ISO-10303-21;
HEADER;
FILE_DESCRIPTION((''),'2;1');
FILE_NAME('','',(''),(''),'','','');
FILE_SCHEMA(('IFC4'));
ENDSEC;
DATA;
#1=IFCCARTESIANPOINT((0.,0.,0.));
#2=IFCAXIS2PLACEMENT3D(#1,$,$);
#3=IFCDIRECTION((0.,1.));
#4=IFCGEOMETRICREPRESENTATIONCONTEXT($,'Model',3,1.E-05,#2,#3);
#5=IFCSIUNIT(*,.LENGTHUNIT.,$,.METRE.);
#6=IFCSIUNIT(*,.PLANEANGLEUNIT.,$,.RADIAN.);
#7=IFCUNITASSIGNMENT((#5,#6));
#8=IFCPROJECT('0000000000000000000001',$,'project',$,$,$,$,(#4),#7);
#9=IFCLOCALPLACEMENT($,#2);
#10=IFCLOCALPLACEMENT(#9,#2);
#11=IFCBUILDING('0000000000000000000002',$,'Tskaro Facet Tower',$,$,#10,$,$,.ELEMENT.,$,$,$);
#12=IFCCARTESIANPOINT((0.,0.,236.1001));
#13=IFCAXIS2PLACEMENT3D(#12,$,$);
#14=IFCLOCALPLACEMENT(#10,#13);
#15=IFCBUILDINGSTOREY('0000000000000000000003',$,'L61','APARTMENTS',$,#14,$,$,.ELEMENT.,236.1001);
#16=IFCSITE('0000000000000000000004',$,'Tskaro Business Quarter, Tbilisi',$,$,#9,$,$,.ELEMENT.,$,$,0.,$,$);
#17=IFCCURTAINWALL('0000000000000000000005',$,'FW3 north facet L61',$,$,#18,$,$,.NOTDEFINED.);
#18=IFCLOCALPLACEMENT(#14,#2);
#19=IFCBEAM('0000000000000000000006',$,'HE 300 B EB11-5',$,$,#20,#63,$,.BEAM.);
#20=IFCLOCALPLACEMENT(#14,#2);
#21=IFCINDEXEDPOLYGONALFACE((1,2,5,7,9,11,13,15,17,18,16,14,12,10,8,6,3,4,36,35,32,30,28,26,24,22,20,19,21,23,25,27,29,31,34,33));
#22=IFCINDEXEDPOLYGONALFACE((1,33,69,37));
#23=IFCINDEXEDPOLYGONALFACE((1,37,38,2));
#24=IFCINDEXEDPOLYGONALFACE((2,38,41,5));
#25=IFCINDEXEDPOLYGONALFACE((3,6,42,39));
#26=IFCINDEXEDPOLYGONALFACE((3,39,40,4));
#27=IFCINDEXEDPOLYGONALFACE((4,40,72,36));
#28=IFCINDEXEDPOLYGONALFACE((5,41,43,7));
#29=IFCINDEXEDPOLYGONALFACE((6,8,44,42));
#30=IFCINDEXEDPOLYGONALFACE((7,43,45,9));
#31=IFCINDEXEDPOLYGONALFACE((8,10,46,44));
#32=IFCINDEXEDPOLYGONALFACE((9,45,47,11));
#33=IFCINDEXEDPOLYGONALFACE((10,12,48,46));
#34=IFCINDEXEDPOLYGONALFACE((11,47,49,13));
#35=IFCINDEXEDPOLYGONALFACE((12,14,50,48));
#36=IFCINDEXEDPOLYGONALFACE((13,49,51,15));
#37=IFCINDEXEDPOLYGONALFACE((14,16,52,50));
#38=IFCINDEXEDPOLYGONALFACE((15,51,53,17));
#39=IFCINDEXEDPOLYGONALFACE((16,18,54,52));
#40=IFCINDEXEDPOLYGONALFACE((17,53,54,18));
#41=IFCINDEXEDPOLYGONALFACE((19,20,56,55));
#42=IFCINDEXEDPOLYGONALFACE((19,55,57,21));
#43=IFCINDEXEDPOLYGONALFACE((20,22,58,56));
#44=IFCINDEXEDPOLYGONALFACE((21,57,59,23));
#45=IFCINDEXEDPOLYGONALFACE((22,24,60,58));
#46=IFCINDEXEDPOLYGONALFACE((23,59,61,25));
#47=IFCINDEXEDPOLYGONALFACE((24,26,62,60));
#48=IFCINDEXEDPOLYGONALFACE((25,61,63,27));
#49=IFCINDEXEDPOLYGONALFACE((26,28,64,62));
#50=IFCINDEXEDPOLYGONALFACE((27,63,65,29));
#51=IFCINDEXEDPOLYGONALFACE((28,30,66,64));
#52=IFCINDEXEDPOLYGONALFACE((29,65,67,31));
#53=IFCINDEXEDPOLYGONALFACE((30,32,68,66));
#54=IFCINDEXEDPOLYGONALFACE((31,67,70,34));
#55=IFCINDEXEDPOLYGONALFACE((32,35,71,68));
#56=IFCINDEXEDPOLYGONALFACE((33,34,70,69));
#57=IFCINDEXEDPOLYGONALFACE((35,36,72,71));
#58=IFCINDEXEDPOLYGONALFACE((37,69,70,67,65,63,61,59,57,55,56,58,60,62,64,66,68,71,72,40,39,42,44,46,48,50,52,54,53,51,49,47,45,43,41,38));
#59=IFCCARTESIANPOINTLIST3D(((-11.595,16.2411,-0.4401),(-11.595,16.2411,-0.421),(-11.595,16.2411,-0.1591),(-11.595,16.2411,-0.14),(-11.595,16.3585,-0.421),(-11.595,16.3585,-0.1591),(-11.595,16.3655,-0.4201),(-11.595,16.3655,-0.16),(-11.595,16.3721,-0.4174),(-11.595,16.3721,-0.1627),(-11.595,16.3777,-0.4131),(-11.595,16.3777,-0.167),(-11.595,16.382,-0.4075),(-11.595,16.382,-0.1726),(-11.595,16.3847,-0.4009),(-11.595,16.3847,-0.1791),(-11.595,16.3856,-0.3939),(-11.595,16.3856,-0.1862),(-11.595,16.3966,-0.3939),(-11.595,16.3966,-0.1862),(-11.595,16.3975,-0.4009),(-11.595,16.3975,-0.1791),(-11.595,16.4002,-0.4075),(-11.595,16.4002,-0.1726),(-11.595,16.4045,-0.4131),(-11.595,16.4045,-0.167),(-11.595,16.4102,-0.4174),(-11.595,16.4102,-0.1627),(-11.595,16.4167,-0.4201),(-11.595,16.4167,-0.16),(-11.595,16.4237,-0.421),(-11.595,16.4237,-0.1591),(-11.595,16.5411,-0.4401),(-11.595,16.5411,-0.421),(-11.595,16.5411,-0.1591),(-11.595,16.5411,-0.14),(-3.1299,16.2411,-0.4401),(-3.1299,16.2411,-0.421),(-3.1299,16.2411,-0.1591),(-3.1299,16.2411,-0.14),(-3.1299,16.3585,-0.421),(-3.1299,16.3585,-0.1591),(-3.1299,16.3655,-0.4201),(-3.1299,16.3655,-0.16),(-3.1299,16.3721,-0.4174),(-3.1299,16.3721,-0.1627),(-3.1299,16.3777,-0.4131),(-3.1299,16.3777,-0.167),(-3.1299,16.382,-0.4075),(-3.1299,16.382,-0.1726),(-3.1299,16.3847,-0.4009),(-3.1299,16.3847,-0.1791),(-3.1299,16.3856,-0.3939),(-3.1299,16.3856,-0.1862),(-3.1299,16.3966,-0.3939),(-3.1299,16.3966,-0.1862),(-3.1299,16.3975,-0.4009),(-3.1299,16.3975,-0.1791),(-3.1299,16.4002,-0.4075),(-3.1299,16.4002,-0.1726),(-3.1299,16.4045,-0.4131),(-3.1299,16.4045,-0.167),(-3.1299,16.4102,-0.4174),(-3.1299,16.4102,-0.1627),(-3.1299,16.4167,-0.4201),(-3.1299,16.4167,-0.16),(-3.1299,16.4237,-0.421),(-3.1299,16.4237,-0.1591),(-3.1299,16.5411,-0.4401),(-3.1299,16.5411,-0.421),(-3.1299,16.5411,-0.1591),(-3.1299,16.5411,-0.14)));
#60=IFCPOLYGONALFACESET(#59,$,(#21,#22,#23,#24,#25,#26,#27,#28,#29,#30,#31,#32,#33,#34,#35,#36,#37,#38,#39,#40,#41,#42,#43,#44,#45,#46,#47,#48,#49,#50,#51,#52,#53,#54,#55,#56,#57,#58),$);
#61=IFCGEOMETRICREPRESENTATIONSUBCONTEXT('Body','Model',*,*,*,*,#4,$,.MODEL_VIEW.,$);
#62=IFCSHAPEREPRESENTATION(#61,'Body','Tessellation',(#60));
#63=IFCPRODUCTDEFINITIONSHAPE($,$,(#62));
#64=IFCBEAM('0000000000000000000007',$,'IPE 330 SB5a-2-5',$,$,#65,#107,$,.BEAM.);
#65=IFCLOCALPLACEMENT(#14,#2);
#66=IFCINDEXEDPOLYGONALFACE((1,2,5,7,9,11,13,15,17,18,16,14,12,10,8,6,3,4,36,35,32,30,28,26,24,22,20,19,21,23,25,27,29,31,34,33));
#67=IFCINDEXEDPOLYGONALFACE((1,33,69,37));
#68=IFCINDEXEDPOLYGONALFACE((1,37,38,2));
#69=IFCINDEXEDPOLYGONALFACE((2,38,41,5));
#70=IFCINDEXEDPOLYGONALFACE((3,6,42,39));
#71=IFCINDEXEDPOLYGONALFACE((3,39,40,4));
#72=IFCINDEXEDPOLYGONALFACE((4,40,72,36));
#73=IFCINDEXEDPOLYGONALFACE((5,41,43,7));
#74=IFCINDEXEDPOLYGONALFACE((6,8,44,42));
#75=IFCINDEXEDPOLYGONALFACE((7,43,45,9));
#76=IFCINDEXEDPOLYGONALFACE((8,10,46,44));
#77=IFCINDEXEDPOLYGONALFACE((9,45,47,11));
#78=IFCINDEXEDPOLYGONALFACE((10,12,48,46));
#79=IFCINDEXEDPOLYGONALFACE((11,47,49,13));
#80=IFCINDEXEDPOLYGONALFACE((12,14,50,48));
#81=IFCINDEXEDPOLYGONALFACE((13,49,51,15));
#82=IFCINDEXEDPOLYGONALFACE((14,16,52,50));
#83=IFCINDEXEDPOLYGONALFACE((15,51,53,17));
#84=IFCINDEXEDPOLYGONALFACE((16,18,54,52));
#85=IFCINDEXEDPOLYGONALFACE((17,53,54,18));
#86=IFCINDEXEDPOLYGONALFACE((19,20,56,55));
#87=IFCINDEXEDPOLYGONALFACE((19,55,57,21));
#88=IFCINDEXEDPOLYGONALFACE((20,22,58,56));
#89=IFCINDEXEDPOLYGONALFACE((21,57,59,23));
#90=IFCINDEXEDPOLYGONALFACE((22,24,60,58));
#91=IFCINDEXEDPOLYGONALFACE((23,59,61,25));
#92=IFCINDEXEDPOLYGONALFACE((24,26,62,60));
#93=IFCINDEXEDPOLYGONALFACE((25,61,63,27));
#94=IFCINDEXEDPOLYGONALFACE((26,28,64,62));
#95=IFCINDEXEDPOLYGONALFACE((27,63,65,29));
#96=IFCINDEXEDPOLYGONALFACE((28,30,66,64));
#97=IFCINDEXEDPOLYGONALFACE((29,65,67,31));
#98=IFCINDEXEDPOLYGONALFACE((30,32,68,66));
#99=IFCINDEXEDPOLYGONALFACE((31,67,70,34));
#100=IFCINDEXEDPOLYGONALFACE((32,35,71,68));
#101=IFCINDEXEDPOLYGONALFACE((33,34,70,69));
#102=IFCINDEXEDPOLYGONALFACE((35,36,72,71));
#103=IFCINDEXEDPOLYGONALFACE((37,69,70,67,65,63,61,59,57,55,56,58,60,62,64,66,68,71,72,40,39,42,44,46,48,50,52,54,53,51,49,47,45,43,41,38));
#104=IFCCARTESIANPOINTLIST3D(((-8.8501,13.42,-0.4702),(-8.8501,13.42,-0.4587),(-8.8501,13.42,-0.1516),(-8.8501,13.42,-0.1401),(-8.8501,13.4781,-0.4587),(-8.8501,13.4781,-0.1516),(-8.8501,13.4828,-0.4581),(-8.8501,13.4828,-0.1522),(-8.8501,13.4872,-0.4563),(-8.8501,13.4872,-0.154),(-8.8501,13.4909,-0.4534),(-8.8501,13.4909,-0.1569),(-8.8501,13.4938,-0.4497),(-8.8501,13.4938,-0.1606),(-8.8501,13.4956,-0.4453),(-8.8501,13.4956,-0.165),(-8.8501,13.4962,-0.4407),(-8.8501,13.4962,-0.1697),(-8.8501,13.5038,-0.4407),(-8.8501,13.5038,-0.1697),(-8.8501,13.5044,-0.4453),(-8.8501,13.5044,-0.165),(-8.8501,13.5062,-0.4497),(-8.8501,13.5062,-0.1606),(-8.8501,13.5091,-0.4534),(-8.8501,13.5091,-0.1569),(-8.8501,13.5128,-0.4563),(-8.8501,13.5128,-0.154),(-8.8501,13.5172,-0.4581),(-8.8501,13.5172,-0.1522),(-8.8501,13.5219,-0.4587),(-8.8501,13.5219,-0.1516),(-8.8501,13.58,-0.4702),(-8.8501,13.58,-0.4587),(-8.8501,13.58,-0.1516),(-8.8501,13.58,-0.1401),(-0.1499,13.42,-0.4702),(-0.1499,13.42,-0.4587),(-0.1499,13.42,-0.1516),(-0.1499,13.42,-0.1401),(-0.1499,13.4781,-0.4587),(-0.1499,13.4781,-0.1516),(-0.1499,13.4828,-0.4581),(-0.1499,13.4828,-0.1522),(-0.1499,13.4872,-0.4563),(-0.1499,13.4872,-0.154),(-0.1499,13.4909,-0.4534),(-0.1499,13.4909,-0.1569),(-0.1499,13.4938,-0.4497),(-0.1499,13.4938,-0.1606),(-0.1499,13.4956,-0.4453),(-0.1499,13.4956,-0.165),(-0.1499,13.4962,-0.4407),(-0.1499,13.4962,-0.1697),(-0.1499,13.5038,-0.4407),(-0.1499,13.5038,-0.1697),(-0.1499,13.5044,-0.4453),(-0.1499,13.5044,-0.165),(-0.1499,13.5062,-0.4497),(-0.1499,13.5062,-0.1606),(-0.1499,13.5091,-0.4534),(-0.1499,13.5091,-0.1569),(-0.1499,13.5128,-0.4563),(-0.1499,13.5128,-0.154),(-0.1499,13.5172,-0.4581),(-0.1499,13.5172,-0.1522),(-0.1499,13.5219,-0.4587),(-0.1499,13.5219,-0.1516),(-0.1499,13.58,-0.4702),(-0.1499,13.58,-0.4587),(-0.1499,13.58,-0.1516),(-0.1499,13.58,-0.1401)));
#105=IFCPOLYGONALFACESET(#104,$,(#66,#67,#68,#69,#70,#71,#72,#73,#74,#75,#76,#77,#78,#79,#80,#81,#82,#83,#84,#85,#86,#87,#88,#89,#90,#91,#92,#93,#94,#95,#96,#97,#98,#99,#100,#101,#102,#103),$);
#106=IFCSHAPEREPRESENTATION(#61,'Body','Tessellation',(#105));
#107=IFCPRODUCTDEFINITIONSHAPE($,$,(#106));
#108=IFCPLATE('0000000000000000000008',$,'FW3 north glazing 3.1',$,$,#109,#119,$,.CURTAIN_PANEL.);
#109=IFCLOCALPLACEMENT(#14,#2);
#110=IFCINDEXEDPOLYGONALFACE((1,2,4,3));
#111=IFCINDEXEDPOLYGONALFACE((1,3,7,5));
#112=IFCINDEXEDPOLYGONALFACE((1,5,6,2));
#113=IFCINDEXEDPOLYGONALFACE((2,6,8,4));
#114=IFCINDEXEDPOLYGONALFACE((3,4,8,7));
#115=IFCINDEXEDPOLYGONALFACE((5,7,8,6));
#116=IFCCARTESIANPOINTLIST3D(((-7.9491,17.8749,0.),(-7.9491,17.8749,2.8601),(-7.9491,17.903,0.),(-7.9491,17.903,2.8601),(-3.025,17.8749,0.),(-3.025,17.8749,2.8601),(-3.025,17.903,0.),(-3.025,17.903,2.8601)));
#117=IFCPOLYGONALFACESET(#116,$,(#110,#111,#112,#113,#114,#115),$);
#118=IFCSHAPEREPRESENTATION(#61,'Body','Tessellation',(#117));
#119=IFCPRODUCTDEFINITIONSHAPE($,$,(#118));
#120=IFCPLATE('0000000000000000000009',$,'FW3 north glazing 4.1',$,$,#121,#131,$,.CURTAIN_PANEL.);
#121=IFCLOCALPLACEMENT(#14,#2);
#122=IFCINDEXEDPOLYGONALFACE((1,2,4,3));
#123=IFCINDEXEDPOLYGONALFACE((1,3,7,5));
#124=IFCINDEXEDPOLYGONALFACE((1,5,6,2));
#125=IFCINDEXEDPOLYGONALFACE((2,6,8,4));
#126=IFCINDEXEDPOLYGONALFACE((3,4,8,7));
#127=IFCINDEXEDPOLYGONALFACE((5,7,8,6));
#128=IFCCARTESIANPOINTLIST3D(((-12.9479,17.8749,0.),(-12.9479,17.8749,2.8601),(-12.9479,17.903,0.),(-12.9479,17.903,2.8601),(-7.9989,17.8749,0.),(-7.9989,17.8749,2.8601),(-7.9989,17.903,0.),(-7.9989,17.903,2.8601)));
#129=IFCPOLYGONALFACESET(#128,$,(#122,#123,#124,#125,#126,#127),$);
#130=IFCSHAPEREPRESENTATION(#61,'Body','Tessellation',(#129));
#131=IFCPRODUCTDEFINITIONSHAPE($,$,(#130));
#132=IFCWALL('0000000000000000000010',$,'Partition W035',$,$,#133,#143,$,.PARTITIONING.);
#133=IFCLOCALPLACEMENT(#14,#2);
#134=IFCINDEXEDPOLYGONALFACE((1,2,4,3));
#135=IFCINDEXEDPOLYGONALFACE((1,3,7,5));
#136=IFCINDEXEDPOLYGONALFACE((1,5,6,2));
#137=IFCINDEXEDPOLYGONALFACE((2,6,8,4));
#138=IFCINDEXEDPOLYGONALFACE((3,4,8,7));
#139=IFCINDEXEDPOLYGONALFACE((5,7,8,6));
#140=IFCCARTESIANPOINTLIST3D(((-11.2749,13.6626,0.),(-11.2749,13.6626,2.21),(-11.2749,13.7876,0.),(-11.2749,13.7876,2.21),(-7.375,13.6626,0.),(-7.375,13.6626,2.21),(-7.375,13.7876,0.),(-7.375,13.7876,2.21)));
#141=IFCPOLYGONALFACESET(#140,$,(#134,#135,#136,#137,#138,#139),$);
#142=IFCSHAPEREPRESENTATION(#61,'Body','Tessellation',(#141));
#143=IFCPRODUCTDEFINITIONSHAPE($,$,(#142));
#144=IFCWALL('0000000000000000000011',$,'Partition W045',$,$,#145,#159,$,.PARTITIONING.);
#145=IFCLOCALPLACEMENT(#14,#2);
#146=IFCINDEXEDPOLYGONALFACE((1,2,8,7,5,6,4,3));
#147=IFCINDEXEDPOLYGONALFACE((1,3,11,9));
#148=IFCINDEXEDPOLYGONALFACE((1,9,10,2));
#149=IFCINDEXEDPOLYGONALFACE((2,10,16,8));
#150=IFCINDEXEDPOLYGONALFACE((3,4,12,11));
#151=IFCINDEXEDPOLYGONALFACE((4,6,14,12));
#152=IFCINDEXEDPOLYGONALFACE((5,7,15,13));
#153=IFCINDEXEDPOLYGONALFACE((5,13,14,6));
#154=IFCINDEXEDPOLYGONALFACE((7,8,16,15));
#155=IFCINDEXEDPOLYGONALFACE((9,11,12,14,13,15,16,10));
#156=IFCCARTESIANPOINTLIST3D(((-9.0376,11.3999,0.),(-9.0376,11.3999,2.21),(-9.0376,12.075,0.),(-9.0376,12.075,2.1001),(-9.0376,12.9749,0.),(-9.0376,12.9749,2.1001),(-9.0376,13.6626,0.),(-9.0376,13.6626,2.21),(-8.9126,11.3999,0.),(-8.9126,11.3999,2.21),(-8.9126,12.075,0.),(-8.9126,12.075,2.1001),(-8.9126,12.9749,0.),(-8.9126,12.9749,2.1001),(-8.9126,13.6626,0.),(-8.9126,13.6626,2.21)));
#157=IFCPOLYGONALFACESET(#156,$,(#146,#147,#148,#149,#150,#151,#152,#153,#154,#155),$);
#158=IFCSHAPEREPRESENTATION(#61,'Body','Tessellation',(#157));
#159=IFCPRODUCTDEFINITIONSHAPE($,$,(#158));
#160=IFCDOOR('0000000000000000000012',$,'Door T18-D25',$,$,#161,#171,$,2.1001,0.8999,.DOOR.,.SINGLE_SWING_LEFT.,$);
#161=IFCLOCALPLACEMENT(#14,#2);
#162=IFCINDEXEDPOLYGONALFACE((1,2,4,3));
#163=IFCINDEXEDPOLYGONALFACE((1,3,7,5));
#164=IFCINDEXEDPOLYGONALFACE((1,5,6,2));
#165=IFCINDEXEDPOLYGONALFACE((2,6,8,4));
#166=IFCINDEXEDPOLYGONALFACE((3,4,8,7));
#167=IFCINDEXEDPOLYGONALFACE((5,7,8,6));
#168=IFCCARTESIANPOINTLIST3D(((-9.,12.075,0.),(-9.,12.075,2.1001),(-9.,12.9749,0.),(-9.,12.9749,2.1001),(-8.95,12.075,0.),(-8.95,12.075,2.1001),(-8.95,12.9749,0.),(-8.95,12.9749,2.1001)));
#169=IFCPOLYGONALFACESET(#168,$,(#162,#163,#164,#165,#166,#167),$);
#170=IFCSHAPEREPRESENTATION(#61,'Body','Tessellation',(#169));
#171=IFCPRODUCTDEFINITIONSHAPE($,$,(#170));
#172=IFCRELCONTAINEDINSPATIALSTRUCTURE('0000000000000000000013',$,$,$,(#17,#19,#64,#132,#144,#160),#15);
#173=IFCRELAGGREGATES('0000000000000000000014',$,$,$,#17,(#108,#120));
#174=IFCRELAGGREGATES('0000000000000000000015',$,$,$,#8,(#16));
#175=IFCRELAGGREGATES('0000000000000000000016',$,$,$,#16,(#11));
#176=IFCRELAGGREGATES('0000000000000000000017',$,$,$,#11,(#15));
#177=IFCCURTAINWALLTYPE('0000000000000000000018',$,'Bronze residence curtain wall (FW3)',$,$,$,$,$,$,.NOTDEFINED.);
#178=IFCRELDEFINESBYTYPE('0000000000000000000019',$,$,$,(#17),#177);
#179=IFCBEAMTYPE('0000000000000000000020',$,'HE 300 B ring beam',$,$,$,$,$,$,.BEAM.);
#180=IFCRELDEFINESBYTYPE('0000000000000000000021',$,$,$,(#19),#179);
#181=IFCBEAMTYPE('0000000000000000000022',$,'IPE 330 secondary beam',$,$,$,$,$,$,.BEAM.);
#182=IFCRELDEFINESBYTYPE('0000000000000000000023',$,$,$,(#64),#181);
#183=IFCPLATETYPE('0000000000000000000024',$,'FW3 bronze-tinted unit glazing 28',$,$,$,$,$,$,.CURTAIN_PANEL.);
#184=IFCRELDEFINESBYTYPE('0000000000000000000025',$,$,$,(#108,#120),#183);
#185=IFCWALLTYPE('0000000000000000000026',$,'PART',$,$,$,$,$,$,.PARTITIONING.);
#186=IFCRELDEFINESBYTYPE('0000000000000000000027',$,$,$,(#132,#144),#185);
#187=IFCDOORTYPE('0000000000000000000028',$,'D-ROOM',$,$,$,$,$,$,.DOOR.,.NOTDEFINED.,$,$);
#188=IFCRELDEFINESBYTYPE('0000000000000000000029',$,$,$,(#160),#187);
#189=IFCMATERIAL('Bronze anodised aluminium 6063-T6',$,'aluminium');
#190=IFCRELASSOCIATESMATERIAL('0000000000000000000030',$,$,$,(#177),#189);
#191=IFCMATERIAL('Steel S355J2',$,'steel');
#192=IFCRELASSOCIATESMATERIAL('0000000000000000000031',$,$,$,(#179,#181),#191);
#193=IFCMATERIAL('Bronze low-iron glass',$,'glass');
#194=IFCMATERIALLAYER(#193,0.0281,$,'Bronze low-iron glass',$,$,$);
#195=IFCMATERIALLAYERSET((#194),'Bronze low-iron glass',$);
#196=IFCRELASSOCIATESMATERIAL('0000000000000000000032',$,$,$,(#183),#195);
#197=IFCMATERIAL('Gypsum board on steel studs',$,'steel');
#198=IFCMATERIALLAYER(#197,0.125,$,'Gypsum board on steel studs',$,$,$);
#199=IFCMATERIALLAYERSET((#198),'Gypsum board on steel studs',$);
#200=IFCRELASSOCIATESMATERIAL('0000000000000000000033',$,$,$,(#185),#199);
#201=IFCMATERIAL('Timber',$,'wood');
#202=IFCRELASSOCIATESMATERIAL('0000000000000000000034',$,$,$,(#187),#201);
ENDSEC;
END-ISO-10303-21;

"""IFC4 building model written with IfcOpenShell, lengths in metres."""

from ifc_helpers import new_model, si_unit, direction, frame, frame_2d, origin, origin_2d, place, context, subcontext, project, spatial, rectangle, i_section, extrude, material, layer, layer_set, material_profile, profile_set, type_object, element, fill, aggregate, save


model = new_model("IFC4")

# Units and contexts
model_context = context("Model", 3, precision=1e-05, world=origin(), true_north=direction((0.0, 1.0)))
body_context = subcontext(model_context, "Body", "Model", "MODEL_VIEW")
ifc_project = project(units=[si_unit("LENGTHUNIT", "METRE"), si_unit("PLANEANGLEUNIT", "RADIAN")], contexts=[model_context])

# Site, building, storey
site_placement = place(None, origin())
site = spatial("IfcSite", under=ifc_project, at=site_placement, Name="Tskaro Business Quarter, Tbilisi", CompositionType="ELEMENT", RefElevation=0.0)
building_placement = place(site_placement, origin())
building = spatial("IfcBuilding", under=site, at=building_placement, Name="Tskaro Facet Tower", CompositionType="ELEMENT")
storey_placement = place(building_placement, frame((0.0, 0.0, 236.1001)))
storey = spatial("IfcBuildingStorey", under=building, at=storey_placement, Name="L61", Description="APARTMENTS", CompositionType="ELEMENT", Elevation=236.1001)

# Shared definitions
ifc_material_1 = material(Name="Steel S355J2", Category="steel")

# Curtain wall
ifc_material_2 = material(Name="Bronze anodised aluminium 6063-T6", Category="aluminium")
curtain_wall_type = type_object("IfcCurtainWallType", Name="Bronze residence curtain wall (FW3)", PredefinedType="NOTDEFINED", material=ifc_material_2)
curtain_wall_placement = place(storey_placement, origin())
curtain_wall = element("IfcCurtainWall", 1, at=curtain_wall_placement, inside=storey, type_object=curtain_wall_type, Name="FW3 north facet L61", PredefinedType="NOTDEFINED")

# Beams
ifc_material_profile_1 = material_profile(ifc_material_1, i_section(OverallWidth=0.3, OverallDepth=0.3, WebThickness=0.011, FlangeThickness=0.019, FilletRadius=0.0271, at=origin_2d()), Name="HE 300 B")
ifc_profile_set_1 = profile_set([ifc_material_profile_1], Name="Steel S355J2")
beam_type_1 = type_object("IfcBeamType", Name="HE 300 B ring beam", PredefinedType="BEAM", material=ifc_profile_set_1)
beam_1_placement = place(storey_placement, frame((-3.1299, 16.3911, -0.29), z_axis=(-1.0, 0.0, 0.0), x_axis=(0.0, -1.0, 0.0)))
element("IfcBeam", 2, at=beam_1_placement, inside=storey, type_object=beam_type_1, Name="HE 300 B EB11-5", PredefinedType="BEAM", context=body_context, shape_type="SweptSolid", body=[
    extrude(i_section(OverallWidth=0.3, OverallDepth=0.3, WebThickness=0.011, FlangeThickness=0.019, FilletRadius=0.0271, at=origin_2d()), origin(), (0.0, 0.0, 1.0), 8.4651),
])
ifc_material_profile_2 = material_profile(ifc_material_1, i_section(OverallWidth=0.1599, OverallDepth=0.3301, WebThickness=0.0076, FlangeThickness=0.0115, FilletRadius=0.0181, at=origin_2d()), Name="IPE 330")
ifc_profile_set_2 = profile_set([ifc_material_profile_2], Name="Steel S355J2")
beam_type_2 = type_object("IfcBeamType", Name="IPE 330 secondary beam", PredefinedType="BEAM", material=ifc_profile_set_2)
beam_2_placement = place(storey_placement, frame((-8.8501, 13.5, -0.3052), z_axis=(1.0, 0.0, 0.0), x_axis=(0.0, 1.0, 0.0)))
element("IfcBeam", 3, at=beam_2_placement, inside=storey, type_object=beam_type_2, Name="IPE 330 SB5a-2-5", PredefinedType="BEAM", context=body_context, shape_type="SweptSolid", body=[
    extrude(i_section(OverallWidth=0.1599, OverallDepth=0.3301, WebThickness=0.0076, FlangeThickness=0.0115, FilletRadius=0.0181, at=origin_2d()), origin(), (0.0, 0.0, 1.0), 8.7002),
])

# Plates
ifc_material_3 = material(Name="Bronze low-iron glass", Category="glass")
ifc_layer_1 = layer(ifc_material_3, 0.0281, Name="Bronze low-iron glass")
ifc_layer_set_1 = layer_set([ifc_layer_1], Name="Bronze low-iron glass")
plate_type = type_object("IfcPlateType", Name="FW3 bronze-tinted unit glazing 28", PredefinedType="CURTAIN_PANEL", material=ifc_layer_set_1)
plate_1_placement = place(storey_placement, frame((-5.4871, 17.8889, 0.0), z_axis=(0.0, 0.0, 1.0), x_axis=(-1.0, 0.0, 0.0)))
plate_1 = element("IfcPlate", 4, at=plate_1_placement, type_object=plate_type, Name="FW3 north glazing 3.1", PredefinedType="CURTAIN_PANEL", context=body_context, shape_type="SweptSolid", body=[
    extrude(rectangle(XDim=4.9241, YDim=0.0281, at=origin_2d()), origin(), (0.0, 0.0, 1.0), 2.8601),
])
plate_2_placement = place(storey_placement, frame((-10.4734, 17.8889, 0.0), z_axis=(0.0, 0.0, 1.0), x_axis=(-1.0, 0.0, 0.0)))
plate_2 = element("IfcPlate", 5, at=plate_2_placement, type_object=plate_type, Name="FW3 north glazing 4.1", PredefinedType="CURTAIN_PANEL", context=body_context, shape_type="SweptSolid", body=[
    extrude(rectangle(XDim=4.949, YDim=0.0281, at=origin_2d()), origin(), (0.0, 0.0, 1.0), 2.8601),
])
aggregate(curtain_wall, [plate_1, plate_2])

# Wall
ifc_material_4 = material(Name="Gypsum board on steel studs", Category="steel")
ifc_layer_2 = layer(ifc_material_4, 0.125, Name="Gypsum board on steel studs")
ifc_layer_set_2 = layer_set([ifc_layer_2], Name="Gypsum board on steel studs")
wall_type_1 = type_object("IfcWallType", Name="PART", PredefinedType="PARTITIONING", material=ifc_layer_set_2)
wall_1_placement = place(storey_placement, frame((-11.2749, 13.7251, 0.0), z_axis=(0.0, 0.0, 1.0), x_axis=(1.0, 0.0, 0.0)))
element("IfcWall", 6, at=wall_1_placement, inside=storey, type_object=wall_type_1, Name="Partition W035", PredefinedType="PARTITIONING", context=body_context, shape_type="SweptSolid", body=[
    extrude(rectangle(XDim=3.8999, YDim=0.125, at=frame_2d((1.95, 0.0))), origin(), (0.0, 0.0, 1.0), 2.21),
])

# Wall, opening, door
wall_2_placement = place(storey_placement, frame((-8.9751, 11.3999, 0.0), z_axis=(0.0, 0.0, 1.0), x_axis=(0.0, 1.0, 0.0)))
wall_2 = element("IfcWall", 7, at=wall_2_placement, inside=storey, type_object=wall_type_1, Name="Partition W045", PredefinedType="PARTITIONING", context=body_context, shape_type="SweptSolid", body=[
    extrude(rectangle(XDim=2.2627, YDim=0.125, at=frame_2d((1.1313, 0.0))), origin(), (0.0, 0.0, 1.0), 2.21),
])
opening_1_placement = place(wall_2_placement, frame((0.675, 0.0, 0.0)))
opening_1 = element("IfcOpeningElement", 8, at=opening_1_placement, cuts=wall_2, PredefinedType="OPENING", context=body_context, shape_type="SweptSolid", body=[
    extrude(rectangle(XDim=0.8999, YDim=2.1001, at=frame_2d((0.45, 1.05))), frame((0.0, 0.0725, 0.0), z_axis=(0.0, -1.0, 0.0), x_axis=(1.0, 0.0, 0.0)), (0.0, 0.0, 1.0), 0.145),
])
ifc_material_5 = material(Name="Timber", Category="wood")
door_type_1 = type_object("IfcDoorType", Name="D-ROOM", OperationType="NOTDEFINED", PredefinedType="DOOR", material=ifc_material_5)
door_1_placement = place(opening_1_placement, origin())
door_1 = element("IfcDoor", 9, at=door_1_placement, inside=storey, type_object=door_type_1, Name="Door T18-D25", OperationType="SINGLE_SWING_LEFT", OverallHeight=2.1001, OverallWidth=0.8999, PredefinedType="DOOR", context=body_context, shape_type="SweptSolid", body=[
    extrude(rectangle(XDim=0.8999, YDim=2.1001, at=frame_2d((0.45, 1.05))), frame((0.0, 0.0249, 0.0), z_axis=(0.0, -1.0, 0.0), x_axis=(1.0, 0.0, 0.0)), (0.0, 0.0, 1.0), 0.05),
])
fill(opening_1, door_1)

save(model, "model.ifc")
